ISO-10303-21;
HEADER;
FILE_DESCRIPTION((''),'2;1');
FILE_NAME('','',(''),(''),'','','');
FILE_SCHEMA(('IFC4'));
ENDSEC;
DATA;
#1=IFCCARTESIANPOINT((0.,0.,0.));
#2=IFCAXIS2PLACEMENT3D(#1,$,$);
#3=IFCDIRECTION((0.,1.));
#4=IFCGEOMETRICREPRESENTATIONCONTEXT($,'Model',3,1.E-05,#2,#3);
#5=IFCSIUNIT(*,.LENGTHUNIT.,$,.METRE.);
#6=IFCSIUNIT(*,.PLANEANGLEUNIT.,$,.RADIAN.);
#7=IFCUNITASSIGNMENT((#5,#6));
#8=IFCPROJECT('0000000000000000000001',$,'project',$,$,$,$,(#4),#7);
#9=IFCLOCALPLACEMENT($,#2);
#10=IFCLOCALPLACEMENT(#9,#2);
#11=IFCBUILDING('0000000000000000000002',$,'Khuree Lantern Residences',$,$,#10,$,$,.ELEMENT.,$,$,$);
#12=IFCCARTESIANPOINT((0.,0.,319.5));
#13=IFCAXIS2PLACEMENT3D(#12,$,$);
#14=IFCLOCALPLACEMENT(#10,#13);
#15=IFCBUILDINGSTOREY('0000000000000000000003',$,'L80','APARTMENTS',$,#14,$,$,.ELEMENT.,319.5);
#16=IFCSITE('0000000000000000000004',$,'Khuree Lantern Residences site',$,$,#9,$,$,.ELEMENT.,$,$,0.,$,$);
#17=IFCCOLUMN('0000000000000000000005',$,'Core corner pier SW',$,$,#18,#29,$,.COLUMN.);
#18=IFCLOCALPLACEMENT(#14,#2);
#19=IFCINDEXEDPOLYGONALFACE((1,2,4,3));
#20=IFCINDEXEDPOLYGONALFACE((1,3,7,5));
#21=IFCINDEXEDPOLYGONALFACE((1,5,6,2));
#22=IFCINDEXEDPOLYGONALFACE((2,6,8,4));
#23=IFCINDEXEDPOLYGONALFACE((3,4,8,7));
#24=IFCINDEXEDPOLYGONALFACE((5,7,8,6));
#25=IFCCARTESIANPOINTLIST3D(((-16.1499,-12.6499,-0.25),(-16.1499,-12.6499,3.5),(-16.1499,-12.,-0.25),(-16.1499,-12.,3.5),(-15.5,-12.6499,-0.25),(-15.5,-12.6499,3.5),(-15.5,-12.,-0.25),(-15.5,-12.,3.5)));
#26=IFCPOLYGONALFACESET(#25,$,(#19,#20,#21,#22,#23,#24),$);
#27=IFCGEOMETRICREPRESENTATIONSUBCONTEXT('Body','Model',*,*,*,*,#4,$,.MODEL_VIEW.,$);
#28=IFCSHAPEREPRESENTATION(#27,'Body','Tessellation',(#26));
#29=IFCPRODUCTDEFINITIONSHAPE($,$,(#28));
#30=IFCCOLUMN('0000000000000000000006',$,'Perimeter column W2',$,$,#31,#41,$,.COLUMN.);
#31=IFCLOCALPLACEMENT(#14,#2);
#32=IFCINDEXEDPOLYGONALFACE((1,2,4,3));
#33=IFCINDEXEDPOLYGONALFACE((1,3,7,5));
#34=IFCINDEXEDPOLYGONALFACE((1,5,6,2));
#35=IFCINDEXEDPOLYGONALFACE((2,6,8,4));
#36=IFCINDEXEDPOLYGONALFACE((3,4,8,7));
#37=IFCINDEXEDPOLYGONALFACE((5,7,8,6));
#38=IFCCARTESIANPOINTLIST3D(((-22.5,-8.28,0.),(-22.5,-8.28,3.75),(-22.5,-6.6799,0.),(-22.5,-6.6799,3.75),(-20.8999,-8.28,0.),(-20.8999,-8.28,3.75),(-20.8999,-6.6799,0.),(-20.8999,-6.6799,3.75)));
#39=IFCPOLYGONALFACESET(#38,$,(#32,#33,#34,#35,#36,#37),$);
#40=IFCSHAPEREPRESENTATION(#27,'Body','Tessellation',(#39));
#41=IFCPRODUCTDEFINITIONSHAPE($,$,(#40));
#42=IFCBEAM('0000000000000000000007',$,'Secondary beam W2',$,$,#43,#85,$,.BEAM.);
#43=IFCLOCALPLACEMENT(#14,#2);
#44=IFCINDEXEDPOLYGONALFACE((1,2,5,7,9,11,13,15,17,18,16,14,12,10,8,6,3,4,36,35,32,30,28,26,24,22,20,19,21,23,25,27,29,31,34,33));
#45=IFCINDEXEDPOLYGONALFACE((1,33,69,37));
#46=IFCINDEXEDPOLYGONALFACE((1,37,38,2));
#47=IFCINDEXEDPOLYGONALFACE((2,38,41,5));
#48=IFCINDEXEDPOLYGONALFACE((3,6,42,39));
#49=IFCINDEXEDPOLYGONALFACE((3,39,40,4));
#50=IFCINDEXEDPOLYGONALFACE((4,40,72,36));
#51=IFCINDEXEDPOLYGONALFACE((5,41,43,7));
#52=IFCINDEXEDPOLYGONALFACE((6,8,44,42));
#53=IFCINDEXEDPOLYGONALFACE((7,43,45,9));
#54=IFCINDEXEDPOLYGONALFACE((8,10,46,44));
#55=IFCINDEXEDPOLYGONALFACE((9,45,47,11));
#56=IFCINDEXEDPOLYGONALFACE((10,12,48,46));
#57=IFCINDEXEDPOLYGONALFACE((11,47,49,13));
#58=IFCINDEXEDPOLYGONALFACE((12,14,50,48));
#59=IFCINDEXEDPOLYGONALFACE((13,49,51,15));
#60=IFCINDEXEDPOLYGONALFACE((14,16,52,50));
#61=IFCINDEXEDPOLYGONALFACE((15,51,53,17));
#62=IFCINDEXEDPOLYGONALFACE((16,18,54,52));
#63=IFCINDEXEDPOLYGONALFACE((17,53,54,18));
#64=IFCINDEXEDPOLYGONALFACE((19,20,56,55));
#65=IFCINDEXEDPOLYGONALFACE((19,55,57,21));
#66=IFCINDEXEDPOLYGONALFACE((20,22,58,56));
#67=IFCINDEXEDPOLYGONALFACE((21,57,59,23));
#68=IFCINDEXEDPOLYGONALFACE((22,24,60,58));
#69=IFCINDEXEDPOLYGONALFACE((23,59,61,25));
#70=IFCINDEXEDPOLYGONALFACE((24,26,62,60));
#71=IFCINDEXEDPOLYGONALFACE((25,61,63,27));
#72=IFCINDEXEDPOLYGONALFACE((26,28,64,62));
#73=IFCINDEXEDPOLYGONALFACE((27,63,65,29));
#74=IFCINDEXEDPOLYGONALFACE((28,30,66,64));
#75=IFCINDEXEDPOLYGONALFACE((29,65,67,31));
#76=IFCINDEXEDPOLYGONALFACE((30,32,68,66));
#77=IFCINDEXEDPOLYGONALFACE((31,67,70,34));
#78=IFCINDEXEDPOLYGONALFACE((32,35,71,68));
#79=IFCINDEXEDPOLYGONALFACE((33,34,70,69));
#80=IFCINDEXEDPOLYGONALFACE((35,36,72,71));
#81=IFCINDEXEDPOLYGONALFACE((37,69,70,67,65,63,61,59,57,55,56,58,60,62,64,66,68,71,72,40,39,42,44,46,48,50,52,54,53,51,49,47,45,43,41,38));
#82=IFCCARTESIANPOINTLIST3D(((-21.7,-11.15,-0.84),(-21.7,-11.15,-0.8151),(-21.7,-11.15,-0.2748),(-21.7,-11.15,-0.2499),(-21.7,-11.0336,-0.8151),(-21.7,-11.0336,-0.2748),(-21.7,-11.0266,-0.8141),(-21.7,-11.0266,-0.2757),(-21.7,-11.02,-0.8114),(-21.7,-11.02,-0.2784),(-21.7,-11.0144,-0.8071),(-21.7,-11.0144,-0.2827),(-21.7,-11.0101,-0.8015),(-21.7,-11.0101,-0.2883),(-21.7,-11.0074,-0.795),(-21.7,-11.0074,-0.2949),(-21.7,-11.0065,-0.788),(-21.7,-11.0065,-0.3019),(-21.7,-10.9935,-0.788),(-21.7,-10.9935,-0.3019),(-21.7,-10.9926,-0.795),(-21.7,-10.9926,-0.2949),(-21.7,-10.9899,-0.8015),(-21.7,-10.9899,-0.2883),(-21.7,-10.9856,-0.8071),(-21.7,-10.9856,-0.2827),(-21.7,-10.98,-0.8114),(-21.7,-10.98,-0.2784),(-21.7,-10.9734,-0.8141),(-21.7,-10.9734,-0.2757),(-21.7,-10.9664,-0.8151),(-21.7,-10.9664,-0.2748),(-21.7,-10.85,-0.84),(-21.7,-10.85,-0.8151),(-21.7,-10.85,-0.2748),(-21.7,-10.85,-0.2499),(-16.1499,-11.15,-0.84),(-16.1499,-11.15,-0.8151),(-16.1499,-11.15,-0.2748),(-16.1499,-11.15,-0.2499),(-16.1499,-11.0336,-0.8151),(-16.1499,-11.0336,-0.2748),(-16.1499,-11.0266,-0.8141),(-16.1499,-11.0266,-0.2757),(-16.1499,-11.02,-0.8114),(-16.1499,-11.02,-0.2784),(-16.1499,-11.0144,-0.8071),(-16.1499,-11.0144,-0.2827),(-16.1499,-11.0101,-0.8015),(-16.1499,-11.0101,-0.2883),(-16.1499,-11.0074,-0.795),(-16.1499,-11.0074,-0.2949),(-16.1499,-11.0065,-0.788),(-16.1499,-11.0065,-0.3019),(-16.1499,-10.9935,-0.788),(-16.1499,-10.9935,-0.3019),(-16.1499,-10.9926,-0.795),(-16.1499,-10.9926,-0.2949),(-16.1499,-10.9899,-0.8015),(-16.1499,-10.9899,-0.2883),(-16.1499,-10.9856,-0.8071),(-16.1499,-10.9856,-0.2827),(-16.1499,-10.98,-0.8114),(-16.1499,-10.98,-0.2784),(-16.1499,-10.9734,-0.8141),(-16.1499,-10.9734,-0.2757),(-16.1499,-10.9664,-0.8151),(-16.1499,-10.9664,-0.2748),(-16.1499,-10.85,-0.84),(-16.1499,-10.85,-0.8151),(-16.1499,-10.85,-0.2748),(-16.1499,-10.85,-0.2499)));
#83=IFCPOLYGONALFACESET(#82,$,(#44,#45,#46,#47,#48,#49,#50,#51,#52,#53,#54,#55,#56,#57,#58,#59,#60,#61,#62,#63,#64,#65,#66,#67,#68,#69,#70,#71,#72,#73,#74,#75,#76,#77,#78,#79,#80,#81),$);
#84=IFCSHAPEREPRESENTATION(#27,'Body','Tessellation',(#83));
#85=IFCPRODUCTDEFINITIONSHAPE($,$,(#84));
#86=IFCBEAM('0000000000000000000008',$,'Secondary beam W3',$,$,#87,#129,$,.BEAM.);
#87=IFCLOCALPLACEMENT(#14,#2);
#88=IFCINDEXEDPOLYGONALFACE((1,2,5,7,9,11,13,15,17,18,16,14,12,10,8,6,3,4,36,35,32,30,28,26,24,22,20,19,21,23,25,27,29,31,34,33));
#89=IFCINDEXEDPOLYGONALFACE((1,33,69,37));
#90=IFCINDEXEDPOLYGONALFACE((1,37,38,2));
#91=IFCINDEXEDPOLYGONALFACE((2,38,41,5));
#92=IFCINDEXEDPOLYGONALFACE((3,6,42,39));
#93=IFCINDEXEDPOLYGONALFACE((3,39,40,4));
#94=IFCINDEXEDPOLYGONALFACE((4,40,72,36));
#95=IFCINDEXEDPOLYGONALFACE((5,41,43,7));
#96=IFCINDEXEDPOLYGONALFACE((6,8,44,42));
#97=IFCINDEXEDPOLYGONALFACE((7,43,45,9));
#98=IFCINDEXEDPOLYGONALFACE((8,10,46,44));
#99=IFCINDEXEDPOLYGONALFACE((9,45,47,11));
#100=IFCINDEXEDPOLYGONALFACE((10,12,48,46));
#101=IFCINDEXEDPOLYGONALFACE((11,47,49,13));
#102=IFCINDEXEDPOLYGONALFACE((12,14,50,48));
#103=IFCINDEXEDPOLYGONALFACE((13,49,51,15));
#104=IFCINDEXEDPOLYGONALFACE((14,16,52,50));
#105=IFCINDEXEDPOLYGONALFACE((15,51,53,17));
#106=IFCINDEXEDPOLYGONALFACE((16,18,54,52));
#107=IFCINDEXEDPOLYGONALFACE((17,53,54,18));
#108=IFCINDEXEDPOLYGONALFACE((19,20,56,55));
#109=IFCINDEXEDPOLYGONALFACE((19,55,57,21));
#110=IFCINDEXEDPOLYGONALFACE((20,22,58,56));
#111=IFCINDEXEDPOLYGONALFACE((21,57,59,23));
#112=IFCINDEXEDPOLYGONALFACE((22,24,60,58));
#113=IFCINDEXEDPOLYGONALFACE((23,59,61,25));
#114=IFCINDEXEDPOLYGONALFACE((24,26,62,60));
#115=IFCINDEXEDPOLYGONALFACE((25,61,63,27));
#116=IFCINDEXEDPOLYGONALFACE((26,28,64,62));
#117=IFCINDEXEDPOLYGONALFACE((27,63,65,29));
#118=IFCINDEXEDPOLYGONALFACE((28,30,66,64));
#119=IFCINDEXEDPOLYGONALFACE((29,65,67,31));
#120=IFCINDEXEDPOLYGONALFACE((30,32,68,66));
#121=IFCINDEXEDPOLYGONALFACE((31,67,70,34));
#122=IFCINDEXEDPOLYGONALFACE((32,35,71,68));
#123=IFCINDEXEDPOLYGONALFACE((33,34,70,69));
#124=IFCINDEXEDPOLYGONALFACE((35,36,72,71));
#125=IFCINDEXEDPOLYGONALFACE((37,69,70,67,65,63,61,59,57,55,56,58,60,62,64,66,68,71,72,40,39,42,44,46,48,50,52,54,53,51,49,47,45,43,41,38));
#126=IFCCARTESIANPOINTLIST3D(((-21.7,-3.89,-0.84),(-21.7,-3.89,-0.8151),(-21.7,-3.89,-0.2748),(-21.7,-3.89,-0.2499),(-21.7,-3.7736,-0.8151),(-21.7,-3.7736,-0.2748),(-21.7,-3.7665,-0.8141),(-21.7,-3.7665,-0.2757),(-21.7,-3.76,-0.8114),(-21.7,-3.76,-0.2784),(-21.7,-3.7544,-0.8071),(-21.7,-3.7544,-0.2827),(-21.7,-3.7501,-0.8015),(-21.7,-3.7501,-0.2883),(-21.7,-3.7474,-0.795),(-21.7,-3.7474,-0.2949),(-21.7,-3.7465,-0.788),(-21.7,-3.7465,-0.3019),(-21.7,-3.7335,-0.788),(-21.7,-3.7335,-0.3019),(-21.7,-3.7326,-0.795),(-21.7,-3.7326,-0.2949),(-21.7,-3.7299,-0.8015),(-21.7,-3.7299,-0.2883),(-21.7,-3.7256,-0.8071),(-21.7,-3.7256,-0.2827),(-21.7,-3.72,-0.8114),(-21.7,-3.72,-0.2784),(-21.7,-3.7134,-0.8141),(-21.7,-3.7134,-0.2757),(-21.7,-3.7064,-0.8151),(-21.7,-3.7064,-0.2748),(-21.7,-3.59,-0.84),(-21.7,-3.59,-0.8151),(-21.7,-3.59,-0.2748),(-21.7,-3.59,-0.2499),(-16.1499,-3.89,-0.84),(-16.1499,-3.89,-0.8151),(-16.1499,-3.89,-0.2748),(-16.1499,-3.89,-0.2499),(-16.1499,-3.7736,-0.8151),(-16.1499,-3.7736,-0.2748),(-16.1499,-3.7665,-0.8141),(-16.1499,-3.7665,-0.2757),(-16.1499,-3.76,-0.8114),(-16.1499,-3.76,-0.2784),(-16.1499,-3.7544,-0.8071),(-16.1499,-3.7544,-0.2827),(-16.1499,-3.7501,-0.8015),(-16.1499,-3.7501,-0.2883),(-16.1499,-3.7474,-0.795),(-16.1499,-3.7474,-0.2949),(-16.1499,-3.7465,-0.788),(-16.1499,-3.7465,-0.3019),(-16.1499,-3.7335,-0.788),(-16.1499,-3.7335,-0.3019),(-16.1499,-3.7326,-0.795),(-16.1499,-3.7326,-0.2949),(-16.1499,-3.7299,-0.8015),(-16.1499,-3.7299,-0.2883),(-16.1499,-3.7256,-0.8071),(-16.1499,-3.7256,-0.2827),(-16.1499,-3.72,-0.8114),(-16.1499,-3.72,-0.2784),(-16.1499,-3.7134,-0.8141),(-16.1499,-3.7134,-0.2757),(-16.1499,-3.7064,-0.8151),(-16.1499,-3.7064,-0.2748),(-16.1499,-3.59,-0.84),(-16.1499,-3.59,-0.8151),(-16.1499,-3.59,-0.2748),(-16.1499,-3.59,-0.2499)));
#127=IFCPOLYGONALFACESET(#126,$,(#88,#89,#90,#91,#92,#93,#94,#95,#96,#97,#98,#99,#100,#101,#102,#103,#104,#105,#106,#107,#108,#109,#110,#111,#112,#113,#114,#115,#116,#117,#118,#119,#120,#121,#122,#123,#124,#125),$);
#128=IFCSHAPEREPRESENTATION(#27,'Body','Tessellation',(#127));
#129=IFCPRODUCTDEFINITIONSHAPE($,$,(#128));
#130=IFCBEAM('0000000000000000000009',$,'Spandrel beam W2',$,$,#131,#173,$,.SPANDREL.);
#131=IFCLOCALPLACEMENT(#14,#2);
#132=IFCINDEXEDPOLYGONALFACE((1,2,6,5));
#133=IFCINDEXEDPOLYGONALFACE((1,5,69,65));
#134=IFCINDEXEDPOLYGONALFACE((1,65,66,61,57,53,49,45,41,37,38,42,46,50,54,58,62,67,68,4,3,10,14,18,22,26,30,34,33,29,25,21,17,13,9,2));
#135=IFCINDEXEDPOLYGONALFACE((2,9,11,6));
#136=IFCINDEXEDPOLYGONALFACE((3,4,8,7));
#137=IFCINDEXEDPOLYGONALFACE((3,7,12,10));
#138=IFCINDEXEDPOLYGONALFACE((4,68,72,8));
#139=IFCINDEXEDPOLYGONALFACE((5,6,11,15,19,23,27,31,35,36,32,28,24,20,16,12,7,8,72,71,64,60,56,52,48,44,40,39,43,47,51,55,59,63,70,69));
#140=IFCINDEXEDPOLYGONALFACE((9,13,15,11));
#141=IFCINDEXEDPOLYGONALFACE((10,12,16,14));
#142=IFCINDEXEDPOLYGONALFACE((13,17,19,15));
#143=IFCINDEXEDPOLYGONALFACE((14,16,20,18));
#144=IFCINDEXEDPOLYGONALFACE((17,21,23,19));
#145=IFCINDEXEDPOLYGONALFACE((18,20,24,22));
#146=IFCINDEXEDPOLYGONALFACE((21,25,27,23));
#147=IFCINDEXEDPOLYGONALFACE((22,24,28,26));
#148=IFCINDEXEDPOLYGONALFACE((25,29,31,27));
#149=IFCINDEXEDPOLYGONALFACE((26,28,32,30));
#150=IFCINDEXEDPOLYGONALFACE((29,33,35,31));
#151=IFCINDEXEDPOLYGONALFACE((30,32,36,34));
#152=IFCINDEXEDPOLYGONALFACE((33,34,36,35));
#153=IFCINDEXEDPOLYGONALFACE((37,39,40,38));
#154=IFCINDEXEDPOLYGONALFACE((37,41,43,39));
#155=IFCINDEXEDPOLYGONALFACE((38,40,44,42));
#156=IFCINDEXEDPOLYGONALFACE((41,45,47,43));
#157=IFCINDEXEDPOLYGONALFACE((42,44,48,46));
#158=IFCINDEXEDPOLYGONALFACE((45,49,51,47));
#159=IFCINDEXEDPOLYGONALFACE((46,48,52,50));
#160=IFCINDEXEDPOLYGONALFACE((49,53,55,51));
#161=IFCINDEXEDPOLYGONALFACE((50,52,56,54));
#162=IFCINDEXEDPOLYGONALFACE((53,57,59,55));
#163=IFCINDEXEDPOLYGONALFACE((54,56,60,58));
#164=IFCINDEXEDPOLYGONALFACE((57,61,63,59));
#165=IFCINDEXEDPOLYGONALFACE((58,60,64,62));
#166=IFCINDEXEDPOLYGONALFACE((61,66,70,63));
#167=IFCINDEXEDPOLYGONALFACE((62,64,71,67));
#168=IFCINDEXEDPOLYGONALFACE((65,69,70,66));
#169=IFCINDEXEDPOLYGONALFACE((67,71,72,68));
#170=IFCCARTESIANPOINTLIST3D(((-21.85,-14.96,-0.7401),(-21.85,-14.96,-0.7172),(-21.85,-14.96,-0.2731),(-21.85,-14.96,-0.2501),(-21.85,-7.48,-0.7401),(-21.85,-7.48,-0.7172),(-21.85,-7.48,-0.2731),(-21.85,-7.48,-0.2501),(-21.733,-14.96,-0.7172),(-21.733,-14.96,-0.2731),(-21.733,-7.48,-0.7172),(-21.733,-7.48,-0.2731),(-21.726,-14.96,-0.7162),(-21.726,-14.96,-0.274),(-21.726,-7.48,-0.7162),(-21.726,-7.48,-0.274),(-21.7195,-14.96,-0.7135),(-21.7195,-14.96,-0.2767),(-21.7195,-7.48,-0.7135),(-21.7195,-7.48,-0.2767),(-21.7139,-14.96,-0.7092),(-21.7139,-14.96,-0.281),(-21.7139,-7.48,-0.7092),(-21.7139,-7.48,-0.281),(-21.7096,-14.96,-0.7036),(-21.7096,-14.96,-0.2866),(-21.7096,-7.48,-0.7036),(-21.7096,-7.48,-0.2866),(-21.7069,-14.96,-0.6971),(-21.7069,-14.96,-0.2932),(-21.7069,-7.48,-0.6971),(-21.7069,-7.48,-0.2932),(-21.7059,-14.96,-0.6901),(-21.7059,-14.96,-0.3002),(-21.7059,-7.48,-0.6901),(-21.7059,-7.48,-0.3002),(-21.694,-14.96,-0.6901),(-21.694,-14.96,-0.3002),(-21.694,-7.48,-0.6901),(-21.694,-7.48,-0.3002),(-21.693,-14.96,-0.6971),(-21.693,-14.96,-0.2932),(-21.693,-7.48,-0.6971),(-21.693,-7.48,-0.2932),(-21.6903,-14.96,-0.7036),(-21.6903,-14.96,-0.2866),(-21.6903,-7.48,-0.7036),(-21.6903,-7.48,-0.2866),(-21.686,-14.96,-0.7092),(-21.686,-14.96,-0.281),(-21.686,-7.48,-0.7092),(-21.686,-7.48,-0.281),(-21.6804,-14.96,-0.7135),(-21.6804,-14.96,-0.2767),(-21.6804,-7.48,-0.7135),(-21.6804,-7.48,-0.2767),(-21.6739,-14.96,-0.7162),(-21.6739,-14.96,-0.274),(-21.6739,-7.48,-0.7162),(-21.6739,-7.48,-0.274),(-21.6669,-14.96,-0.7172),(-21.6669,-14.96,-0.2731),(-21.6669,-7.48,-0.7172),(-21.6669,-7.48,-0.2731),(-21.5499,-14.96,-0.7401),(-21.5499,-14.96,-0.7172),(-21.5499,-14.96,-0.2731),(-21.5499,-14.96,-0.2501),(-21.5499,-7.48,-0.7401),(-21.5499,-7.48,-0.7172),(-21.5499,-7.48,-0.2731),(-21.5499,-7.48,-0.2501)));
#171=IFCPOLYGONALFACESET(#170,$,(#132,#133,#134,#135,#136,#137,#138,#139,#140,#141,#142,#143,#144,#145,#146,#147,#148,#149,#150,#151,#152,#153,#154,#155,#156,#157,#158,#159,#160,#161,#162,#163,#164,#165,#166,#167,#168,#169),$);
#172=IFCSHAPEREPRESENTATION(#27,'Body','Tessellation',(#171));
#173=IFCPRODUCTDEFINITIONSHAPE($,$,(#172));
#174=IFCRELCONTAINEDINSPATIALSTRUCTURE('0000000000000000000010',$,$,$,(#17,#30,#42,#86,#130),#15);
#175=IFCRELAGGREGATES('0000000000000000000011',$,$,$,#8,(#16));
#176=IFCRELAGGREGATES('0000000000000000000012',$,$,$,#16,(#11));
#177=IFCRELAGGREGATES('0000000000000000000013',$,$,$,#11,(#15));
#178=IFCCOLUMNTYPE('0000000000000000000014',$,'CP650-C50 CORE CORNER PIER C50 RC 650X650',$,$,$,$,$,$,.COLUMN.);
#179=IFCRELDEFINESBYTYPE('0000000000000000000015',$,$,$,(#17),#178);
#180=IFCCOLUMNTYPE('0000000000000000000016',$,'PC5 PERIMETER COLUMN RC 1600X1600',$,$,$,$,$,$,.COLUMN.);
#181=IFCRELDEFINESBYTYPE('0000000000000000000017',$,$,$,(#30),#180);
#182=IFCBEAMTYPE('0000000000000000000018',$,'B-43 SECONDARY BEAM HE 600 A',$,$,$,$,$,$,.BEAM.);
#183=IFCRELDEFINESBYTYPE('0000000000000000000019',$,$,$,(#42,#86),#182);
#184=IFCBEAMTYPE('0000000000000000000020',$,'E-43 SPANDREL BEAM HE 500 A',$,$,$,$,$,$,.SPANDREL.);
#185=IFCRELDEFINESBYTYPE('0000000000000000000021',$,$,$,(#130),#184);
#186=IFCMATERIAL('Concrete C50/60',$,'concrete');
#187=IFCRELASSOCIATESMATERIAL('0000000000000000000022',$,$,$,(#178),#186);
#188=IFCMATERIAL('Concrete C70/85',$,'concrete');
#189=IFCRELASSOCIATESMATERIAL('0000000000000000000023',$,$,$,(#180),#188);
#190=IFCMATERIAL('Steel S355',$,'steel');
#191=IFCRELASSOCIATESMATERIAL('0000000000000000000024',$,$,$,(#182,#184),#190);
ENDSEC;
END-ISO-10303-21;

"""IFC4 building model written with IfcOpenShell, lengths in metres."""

from ifc_helpers import new_model, si_unit, direction, frame, origin, origin_2d, place, context, subcontext, project, spatial, rectangle, i_section, extrude, material, material_profile, profile_set, type_object, element, save


model = new_model("IFC4")

# Units and contexts
model_context = context("Model", 3, precision=1e-05, world=origin(), true_north=direction((0.0, 1.0)))
body_context = subcontext(model_context, "Body", "Model", "MODEL_VIEW")
ifc_project = project(units=[si_unit("LENGTHUNIT", "METRE"), si_unit("PLANEANGLEUNIT", "RADIAN")], contexts=[model_context])

# Site, building, storey
site_placement = place(None, origin())
site = spatial("IfcSite", under=ifc_project, at=site_placement, Name="Khuree Lantern Residences site", CompositionType="ELEMENT", RefElevation=0.0)
building_placement = place(site_placement, origin())
building = spatial("IfcBuilding", under=site, at=building_placement, Name="Khuree Lantern Residences", CompositionType="ELEMENT")
storey_placement = place(building_placement, frame((0.0, 0.0, 319.5)))
storey = spatial("IfcBuildingStorey", under=building, at=storey_placement, Name="L80", Description="APARTMENTS", CompositionType="ELEMENT", Elevation=319.5)

# Columns
ifc_material_1 = material(Name="Concrete C50/60", Category="concrete")
ifc_material_profile_1 = material_profile(ifc_material_1, rectangle(XDim=0.6499, YDim=0.6499, at=origin_2d()), Name="RC 650X650")
ifc_profile_set_1 = profile_set([ifc_material_profile_1], Name="Concrete C50/60")
column_type_1 = type_object("IfcColumnType", Name="CP650-C50 CORE CORNER PIER C50 RC 650X650", PredefinedType="COLUMN", material=ifc_profile_set_1)
column_1_placement = place(storey_placement, frame((-15.825, -12.325, -0.25), z_axis=(0.0, 0.0, 1.0), x_axis=(1.0, 0.0, 0.0)))
element("IfcColumn", 1, at=column_1_placement, inside=storey, type_object=column_type_1, Name="Core corner pier SW", PredefinedType="COLUMN", context=body_context, shape_type="SweptSolid", body=[
    extrude(rectangle(XDim=0.6499, YDim=0.6499, at=origin_2d()), origin(), (0.0, 0.0, 1.0), 3.75),
])
ifc_material_2 = material(Name="Concrete C70/85", Category="concrete")
ifc_material_profile_2 = material_profile(ifc_material_2, rectangle(XDim=1.6001, YDim=1.6001, at=origin_2d()), Name="RC 1600X1600")
ifc_profile_set_2 = profile_set([ifc_material_profile_2], Name="Concrete C70/85")
column_type_2 = type_object("IfcColumnType", Name="PC5 PERIMETER COLUMN RC 1600X1600", PredefinedType="COLUMN", material=ifc_profile_set_2)
column_2_placement = place(storey_placement, frame((-21.7, -7.48, 0.0), z_axis=(0.0, 0.0, 1.0), x_axis=(0.0, 1.0, 0.0)))
element("IfcColumn", 2, at=column_2_placement, inside=storey, type_object=column_type_2, Name="Perimeter column W2", PredefinedType="COLUMN", context=body_context, shape_type="SweptSolid", body=[
    extrude(rectangle(XDim=1.6001, YDim=1.6001, at=origin_2d()), origin(), (0.0, 0.0, 1.0), 3.75),
])

# Beams
ifc_material_3 = material(Name="Steel S355", Category="steel")
ifc_material_profile_3 = material_profile(ifc_material_3, i_section(OverallWidth=0.3, OverallDepth=0.5901, WebThickness=0.0129, FlangeThickness=0.0249, FilletRadius=0.0271, at=origin_2d()), Name="HE 600 A")
ifc_profile_set_3 = profile_set([ifc_material_profile_3], Name="Steel S355")
beam_type_1 = type_object("IfcBeamType", Name="B-43 SECONDARY BEAM HE 600 A", PredefinedType="BEAM", material=ifc_profile_set_3)
for number, where, z_axis, x_axis, name in (
    (3, (-21.7, -11.0, -0.5449), (1.0, 0.0, 0.0), (0.0, 1.0, 0.0), "Secondary beam W2"),
    (4, (-21.7, -3.74, -0.5449), (1.0, 0.0, 0.0), (0.0, 1.0, 0.0), "Secondary beam W3"),
):
    element("IfcBeam", number, at=place(storey_placement, frame(where, z_axis=z_axis, x_axis=x_axis)), inside=storey, type_object=beam_type_1, Name=name, PredefinedType="BEAM", context=body_context, shape_type="SweptSolid", body=[
        extrude(i_section(OverallWidth=0.3, OverallDepth=0.5901, WebThickness=0.0129, FlangeThickness=0.0249, FilletRadius=0.0271, at=origin_2d()), origin(), (0.0, 0.0, 1.0), 5.55),
    ])
ifc_material_profile_4 = material_profile(ifc_material_3, i_section(OverallWidth=0.3, OverallDepth=0.49, WebThickness=0.012, FlangeThickness=0.0229, FilletRadius=0.0271, at=origin_2d()), Name="HE 500 A")
ifc_profile_set_4 = profile_set([ifc_material_profile_4], Name="Steel S355")
beam_type_2 = type_object("IfcBeamType", Name="E-43 SPANDREL BEAM HE 500 A", PredefinedType="SPANDREL", material=ifc_profile_set_4)
for number, where, z_axis, x_axis, name in (
    (5, (-21.7, -14.96, -0.4951), (0.0, 1.0, 0.0), (-1.0, 0.0, 0.0), "Spandrel beam W2"),
):
    element("IfcBeam", number, at=place(storey_placement, frame(where, z_axis=z_axis, x_axis=x_axis)), inside=storey, type_object=beam_type_2, Name=name, PredefinedType="SPANDREL", context=body_context, shape_type="SweptSolid", body=[
        extrude(i_section(OverallWidth=0.3, OverallDepth=0.49, WebThickness=0.012, FlangeThickness=0.0229, FilletRadius=0.0271, at=origin_2d()), origin(), (0.0, 0.0, 1.0), 7.48),
    ])

save(model, "model.ifc")
